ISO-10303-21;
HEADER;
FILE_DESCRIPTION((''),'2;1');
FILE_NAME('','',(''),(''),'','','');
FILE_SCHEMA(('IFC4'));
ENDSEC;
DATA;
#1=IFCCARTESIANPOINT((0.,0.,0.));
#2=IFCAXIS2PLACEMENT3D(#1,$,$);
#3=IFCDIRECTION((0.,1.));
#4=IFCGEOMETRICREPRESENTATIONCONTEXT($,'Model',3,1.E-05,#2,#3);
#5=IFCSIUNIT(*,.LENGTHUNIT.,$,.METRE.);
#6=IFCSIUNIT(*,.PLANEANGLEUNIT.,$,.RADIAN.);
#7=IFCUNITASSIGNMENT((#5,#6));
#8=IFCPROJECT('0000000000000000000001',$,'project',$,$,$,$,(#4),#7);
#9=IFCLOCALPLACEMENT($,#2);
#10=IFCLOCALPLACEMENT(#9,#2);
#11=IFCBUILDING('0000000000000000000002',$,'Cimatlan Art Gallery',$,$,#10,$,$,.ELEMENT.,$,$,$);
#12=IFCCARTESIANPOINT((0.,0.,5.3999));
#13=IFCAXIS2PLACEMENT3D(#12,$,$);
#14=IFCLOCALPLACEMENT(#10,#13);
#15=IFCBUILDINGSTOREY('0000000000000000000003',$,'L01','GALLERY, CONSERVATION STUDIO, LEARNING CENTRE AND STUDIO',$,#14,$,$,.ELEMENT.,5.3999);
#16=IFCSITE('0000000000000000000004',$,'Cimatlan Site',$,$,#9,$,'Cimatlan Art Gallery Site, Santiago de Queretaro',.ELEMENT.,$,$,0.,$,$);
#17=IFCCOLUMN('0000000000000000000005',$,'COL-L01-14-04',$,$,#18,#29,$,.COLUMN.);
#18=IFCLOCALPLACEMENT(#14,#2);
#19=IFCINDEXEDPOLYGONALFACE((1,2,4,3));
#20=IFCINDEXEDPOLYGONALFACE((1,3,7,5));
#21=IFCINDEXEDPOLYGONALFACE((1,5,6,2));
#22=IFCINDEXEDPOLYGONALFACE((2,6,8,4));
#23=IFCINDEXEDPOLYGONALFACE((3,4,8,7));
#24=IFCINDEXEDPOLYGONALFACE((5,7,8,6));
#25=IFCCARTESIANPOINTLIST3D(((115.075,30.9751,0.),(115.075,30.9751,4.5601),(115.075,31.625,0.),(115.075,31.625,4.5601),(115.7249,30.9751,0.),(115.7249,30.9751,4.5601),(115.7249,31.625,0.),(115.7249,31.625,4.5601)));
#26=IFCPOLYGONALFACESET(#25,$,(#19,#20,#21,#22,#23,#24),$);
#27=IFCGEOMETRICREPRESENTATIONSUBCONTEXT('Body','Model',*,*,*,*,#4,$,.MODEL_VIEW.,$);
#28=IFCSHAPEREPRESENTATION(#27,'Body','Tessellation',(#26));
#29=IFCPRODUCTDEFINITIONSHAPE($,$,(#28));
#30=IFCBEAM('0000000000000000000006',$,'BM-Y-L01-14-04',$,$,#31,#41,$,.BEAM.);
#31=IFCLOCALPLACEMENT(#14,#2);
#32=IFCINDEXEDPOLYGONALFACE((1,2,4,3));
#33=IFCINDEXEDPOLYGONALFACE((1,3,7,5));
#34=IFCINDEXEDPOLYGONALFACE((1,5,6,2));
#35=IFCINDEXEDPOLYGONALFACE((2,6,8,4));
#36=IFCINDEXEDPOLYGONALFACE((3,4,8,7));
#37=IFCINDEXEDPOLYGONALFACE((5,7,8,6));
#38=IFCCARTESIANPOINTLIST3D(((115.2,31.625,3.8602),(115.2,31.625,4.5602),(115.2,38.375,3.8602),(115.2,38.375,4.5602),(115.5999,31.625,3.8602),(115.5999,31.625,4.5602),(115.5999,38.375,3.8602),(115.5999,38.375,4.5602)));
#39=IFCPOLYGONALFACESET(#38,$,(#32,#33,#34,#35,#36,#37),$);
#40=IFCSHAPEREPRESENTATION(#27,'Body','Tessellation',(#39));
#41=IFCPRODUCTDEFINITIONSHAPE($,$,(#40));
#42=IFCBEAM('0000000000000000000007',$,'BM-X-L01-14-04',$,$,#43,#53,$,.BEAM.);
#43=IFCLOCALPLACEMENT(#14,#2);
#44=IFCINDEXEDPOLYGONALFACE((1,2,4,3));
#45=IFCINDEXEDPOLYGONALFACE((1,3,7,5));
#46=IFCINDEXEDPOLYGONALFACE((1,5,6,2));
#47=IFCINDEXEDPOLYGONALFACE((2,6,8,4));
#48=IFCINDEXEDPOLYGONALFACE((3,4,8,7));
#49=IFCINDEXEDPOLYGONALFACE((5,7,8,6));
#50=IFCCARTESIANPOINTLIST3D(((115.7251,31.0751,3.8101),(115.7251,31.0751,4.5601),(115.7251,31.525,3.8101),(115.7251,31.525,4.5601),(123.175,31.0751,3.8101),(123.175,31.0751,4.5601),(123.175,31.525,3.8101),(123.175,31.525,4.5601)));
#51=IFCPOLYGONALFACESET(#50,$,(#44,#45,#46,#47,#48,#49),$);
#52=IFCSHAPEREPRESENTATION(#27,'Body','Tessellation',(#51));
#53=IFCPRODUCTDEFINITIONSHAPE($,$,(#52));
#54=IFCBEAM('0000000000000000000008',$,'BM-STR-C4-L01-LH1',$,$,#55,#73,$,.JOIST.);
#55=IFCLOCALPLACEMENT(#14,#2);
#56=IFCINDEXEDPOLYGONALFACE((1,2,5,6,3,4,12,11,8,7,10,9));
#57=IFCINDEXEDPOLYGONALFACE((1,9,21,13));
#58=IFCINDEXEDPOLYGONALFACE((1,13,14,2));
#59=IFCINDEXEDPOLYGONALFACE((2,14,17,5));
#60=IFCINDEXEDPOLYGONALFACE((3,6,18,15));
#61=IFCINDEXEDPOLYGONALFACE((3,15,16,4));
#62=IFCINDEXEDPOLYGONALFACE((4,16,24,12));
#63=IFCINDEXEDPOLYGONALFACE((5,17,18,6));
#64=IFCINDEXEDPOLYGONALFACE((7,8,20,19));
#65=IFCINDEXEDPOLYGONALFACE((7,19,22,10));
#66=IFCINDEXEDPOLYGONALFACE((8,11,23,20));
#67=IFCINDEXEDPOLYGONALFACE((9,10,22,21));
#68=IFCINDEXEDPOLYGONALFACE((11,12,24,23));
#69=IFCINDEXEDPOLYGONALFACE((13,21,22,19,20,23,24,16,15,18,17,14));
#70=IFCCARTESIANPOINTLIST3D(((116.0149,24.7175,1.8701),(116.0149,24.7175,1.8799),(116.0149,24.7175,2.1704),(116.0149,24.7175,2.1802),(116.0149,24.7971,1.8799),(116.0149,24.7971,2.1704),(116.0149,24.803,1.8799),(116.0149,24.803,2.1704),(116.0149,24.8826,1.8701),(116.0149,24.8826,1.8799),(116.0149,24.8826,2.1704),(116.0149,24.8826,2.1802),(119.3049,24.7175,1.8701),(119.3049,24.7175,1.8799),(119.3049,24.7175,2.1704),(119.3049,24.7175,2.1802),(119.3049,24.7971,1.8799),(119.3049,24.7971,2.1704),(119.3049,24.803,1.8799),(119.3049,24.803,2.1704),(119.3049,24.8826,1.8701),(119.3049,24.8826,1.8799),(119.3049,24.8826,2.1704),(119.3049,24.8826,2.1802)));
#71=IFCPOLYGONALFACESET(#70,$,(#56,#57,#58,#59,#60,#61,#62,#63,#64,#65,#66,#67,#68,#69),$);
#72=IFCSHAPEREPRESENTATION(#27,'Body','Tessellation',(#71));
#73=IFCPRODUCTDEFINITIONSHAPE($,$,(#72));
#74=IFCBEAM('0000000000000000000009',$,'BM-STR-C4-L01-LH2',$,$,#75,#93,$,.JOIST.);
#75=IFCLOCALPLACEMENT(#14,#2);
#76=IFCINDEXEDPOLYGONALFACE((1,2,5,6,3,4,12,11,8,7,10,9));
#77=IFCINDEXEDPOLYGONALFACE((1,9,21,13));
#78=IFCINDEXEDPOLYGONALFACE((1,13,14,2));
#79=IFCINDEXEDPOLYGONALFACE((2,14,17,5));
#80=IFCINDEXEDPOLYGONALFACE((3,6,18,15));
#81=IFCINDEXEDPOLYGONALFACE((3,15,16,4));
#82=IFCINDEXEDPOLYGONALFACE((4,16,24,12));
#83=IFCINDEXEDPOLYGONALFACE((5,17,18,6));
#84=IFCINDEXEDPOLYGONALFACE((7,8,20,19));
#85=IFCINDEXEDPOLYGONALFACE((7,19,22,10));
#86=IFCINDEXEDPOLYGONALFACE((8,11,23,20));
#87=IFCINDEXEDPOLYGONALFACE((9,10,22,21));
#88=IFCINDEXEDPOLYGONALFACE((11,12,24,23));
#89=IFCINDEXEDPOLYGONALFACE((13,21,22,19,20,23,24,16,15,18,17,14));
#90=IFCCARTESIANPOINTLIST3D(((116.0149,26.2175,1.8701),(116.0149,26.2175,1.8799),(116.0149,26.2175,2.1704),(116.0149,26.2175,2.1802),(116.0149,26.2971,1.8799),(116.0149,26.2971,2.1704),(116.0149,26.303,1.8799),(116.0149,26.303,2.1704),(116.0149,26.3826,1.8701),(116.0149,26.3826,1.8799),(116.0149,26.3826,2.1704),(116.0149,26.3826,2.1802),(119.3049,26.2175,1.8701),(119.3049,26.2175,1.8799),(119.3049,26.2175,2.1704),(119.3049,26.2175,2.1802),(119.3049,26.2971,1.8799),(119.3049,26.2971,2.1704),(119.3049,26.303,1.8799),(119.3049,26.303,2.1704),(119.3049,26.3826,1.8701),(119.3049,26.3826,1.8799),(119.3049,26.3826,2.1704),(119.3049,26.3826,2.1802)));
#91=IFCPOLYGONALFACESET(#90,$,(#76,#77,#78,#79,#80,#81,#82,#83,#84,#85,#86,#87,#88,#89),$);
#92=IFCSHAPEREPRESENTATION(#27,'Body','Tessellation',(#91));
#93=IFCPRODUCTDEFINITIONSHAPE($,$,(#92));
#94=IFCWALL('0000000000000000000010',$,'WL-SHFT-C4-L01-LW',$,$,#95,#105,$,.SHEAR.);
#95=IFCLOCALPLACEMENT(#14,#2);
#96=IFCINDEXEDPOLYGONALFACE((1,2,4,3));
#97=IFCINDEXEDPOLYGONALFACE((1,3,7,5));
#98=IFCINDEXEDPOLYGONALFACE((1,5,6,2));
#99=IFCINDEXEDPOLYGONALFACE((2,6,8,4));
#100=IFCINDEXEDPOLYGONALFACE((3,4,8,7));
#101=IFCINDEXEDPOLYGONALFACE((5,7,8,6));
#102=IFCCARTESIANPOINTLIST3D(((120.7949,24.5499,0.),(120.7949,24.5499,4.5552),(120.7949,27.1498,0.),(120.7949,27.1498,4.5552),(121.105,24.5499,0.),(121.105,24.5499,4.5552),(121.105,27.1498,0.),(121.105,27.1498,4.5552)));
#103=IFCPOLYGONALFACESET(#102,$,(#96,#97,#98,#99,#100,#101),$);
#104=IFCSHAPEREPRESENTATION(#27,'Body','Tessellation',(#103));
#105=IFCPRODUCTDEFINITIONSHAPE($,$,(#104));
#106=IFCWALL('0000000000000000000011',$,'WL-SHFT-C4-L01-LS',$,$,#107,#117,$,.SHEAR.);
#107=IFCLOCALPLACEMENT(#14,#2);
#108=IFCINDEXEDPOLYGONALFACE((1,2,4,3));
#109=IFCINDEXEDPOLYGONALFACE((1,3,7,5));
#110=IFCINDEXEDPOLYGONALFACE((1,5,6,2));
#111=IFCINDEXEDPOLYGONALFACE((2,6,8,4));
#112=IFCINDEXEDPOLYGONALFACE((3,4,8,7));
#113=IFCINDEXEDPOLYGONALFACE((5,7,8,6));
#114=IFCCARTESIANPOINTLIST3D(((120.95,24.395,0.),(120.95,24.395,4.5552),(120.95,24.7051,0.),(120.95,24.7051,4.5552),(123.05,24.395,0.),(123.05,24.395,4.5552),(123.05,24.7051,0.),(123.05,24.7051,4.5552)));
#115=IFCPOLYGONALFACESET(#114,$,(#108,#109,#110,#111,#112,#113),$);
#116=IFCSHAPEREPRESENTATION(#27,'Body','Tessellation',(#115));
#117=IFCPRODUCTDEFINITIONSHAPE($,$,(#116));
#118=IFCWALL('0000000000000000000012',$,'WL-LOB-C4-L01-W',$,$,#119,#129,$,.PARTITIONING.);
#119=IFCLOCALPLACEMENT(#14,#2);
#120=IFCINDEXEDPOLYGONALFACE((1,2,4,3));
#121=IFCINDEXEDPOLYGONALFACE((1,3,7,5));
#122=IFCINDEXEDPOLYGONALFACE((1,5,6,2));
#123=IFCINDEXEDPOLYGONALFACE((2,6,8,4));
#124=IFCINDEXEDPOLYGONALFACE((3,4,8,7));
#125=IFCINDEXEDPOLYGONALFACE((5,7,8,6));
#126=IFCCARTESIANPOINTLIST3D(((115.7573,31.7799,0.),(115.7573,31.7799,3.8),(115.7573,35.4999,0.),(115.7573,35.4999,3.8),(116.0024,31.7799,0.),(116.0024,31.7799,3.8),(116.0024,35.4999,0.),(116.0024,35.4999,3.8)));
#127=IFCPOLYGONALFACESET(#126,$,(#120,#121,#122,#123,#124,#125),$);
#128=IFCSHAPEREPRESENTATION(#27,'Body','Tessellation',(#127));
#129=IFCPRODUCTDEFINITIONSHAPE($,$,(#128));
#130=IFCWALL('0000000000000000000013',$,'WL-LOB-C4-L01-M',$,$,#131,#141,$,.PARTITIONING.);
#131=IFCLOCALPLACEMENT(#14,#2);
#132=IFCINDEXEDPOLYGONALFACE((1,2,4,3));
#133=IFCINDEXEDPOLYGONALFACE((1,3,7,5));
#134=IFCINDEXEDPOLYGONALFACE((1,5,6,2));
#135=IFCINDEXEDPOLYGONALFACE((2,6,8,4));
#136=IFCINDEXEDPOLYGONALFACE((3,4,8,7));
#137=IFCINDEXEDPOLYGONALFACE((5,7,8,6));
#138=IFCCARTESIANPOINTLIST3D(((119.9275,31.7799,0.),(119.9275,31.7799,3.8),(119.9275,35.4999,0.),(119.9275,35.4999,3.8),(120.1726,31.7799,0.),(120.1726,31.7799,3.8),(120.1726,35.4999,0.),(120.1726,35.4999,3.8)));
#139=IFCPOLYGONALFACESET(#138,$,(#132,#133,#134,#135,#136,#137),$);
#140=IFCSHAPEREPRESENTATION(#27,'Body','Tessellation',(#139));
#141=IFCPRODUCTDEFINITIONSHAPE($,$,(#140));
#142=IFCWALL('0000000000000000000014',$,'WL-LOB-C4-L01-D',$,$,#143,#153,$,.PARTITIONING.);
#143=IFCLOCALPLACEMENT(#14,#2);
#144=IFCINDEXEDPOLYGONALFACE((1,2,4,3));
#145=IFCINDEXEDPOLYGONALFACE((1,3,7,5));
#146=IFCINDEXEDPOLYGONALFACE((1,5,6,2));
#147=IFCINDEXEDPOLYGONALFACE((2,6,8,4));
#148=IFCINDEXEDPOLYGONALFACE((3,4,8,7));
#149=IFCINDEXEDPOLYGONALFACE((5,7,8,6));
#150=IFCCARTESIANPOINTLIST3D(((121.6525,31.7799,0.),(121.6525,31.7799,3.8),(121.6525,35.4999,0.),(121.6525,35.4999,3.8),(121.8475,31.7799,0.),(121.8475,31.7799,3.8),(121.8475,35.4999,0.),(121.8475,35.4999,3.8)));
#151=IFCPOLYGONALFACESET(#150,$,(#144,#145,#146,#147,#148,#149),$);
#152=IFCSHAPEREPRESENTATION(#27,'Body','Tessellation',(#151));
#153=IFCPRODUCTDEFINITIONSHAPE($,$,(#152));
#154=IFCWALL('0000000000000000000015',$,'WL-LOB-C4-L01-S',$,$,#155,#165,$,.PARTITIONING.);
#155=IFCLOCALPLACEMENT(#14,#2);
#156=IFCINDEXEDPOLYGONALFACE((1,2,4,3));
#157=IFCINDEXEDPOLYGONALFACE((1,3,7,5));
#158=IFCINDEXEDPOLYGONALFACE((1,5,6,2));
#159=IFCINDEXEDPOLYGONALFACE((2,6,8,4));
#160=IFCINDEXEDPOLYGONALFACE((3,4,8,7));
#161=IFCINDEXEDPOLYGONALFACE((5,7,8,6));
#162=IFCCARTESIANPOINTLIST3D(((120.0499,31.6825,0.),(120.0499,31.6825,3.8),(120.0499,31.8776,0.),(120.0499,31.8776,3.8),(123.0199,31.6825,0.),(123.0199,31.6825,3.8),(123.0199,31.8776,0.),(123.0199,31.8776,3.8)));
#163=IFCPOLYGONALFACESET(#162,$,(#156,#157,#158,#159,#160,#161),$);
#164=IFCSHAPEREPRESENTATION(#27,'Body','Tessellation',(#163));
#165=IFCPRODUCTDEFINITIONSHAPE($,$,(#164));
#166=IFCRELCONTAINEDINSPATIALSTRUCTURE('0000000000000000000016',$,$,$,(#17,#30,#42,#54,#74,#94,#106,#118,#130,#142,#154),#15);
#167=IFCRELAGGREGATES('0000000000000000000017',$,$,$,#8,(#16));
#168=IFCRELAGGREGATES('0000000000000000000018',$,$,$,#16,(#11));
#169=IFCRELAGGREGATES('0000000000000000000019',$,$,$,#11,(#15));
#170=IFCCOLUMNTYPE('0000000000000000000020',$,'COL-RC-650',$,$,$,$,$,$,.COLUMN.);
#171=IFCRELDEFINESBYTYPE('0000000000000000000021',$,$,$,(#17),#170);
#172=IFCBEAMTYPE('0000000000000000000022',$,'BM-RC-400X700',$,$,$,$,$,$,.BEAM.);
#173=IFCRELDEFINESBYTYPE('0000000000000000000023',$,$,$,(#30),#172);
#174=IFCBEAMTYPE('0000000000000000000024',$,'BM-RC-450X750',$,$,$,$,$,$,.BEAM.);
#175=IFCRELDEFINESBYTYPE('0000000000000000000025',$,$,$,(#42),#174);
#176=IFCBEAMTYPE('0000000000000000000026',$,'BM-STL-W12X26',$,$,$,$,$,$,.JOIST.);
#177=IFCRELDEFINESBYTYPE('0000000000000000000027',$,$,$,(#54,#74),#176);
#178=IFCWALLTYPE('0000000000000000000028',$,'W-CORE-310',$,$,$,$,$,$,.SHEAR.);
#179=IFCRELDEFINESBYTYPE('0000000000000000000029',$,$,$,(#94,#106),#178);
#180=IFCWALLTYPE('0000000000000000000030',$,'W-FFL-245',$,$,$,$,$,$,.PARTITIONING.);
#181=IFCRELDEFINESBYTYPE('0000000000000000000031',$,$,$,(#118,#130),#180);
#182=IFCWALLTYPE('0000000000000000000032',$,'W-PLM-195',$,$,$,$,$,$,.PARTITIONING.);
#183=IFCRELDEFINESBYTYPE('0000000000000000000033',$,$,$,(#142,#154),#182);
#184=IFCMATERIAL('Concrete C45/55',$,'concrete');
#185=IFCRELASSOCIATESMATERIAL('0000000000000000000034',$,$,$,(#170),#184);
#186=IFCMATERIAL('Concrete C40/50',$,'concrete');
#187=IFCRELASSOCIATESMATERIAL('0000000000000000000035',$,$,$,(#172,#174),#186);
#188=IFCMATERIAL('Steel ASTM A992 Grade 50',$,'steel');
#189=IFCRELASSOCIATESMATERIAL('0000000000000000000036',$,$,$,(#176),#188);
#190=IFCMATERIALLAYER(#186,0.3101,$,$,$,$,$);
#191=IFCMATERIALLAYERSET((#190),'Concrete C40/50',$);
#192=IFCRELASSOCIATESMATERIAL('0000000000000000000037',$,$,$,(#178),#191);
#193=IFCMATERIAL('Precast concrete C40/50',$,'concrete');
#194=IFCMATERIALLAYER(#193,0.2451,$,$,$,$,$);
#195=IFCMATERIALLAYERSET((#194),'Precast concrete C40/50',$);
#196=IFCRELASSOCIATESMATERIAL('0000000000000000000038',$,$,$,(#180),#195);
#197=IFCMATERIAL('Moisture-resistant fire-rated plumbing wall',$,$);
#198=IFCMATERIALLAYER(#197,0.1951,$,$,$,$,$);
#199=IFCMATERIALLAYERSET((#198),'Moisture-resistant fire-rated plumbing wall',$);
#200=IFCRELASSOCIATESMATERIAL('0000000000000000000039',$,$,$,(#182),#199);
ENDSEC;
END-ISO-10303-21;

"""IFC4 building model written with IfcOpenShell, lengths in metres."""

from ifc_helpers import new_model, si_unit, direction, frame, frame_2d, origin, origin_2d, place, context, subcontext, project, spatial, rectangle, i_section, extrude, material, layer, layer_set, material_profile, profile_set, type_object, element, save


model = new_model("IFC4")

# Units and contexts
model_context = context("Model", 3, precision=1e-05, world=origin(), true_north=direction((0.0, 1.0)))
body_context = subcontext(model_context, "Body", "Model", "MODEL_VIEW")
ifc_project = project(units=[si_unit("LENGTHUNIT", "METRE"), si_unit("PLANEANGLEUNIT", "RADIAN")], contexts=[model_context])

# Site, building, storey
site_placement = place(None, origin())
site = spatial("IfcSite", under=ifc_project, at=site_placement, Name="Cimatlan Site", LongName="Cimatlan Art Gallery Site, Santiago de Queretaro", CompositionType="ELEMENT", RefElevation=0.0)
building_placement = place(site_placement, origin())
building = spatial("IfcBuilding", under=site, at=building_placement, Name="Cimatlan Art Gallery", CompositionType="ELEMENT")
storey_placement = place(building_placement, frame((0.0, 0.0, 5.3999)))
storey = spatial("IfcBuildingStorey", under=building, at=storey_placement, Name="L01", Description="GALLERY, CONSERVATION STUDIO, LEARNING CENTRE AND STUDIO", CompositionType="ELEMENT", Elevation=5.3999)

# Column
ifc_material_1 = material(Name="Concrete C45/55", Category="concrete")
ifc_material_profile_1 = material_profile(ifc_material_1, rectangle(XDim=0.6499, YDim=0.6499, at=origin_2d()), Name="RC650X650")
ifc_profile_set_1 = profile_set([ifc_material_profile_1], Name="Concrete C45/55")
column_type = type_object("IfcColumnType", Name="COL-RC-650", PredefinedType="COLUMN", material=ifc_profile_set_1)
column_placement = place(storey_placement, frame((115.3999, 31.3, 0.0), z_axis=(0.0, 0.0, 1.0), x_axis=(1.0, 0.0, 0.0)))
element("IfcColumn", 1, at=column_placement, inside=storey, type_object=column_type, Name="COL-L01-14-04", PredefinedType="COLUMN", context=body_context, shape_type="SweptSolid", body=[
    extrude(rectangle(XDim=0.6499, YDim=0.6499, at=origin_2d()), origin(), (0.0, 0.0, 1.0), 4.5601),
])

# Beams
ifc_material_2 = material(Name="Concrete C40/50", Category="concrete")
ifc_material_profile_2 = material_profile(ifc_material_2, rectangle(XDim=0.3999, YDim=0.7, at=origin_2d()), Name="RC400X700")
ifc_profile_set_2 = profile_set([ifc_material_profile_2], Name="Concrete C40/50")
beam_type_1 = type_object("IfcBeamType", Name="BM-RC-400X700", PredefinedType="BEAM", material=ifc_profile_set_2)
beam_1_placement = place(storey_placement, frame((115.3999, 31.625, 4.2102), z_axis=(0.0, 1.0, 0.0), x_axis=(-1.0, 0.0, 0.0)))
element("IfcBeam", 2, at=beam_1_placement, inside=storey, type_object=beam_type_1, Name="BM-Y-L01-14-04", PredefinedType="BEAM", context=body_context, shape_type="SweptSolid", body=[
    extrude(rectangle(XDim=0.3999, YDim=0.7, at=origin_2d()), origin(), (0.0, 0.0, 1.0), 6.75),
])
ifc_material_profile_3 = material_profile(ifc_material_2, rectangle(XDim=0.45, YDim=0.75, at=origin_2d()), Name="RC450X750")
ifc_profile_set_3 = profile_set([ifc_material_profile_3], Name="Concrete C40/50")
beam_type_2 = type_object("IfcBeamType", Name="BM-RC-450X750", PredefinedType="BEAM", material=ifc_profile_set_3)
beam_2_placement = place(storey_placement, frame((115.7251, 31.3, 4.1851), z_axis=(1.0, 0.0, 0.0), x_axis=(0.0, 1.0, 0.0)))
element("IfcBeam", 3, at=beam_2_placement, inside=storey, type_object=beam_type_2, Name="BM-X-L01-14-04", PredefinedType="BEAM", context=body_context, shape_type="SweptSolid", body=[
    extrude(rectangle(XDim=0.45, YDim=0.75, at=origin_2d()), origin(), (0.0, 0.0, 1.0), 7.45),
])
ifc_material_3 = material(Name="Steel ASTM A992 Grade 50", Category="steel")
ifc_material_profile_4 = material_profile(ifc_material_3, i_section(OverallWidth=0.165, OverallDepth=0.3101, WebThickness=0.0059, FlangeThickness=0.0098, at=origin_2d()), Name="W12X26")
ifc_profile_set_4 = profile_set([ifc_material_profile_4], Name="Steel ASTM A992 Grade 50")
beam_type_3 = type_object("IfcBeamType", Name="BM-STL-W12X26", PredefinedType="JOIST", material=ifc_profile_set_4)
for number, where, z_axis, x_axis, name in (
    (4, (116.0149, 24.8, 2.0251), (1.0, 0.0, 0.0), (0.0, 1.0, 0.0), "BM-STR-C4-L01-LH1"),
    (5, (116.0149, 26.3, 2.0251), (1.0, 0.0, 0.0), (0.0, 1.0, 0.0), "BM-STR-C4-L01-LH2"),
):
    element("IfcBeam", number, at=place(storey_placement, frame(where, z_axis=z_axis, x_axis=x_axis)), inside=storey, type_object=beam_type_3, Name=name, PredefinedType="JOIST", context=body_context, shape_type="SweptSolid", body=[
        extrude(i_section(OverallWidth=0.165, OverallDepth=0.3101, WebThickness=0.0059, FlangeThickness=0.0098, at=origin_2d()), origin(), (0.0, 0.0, 1.0), 3.29),
    ])

# Walls
ifc_layer_1 = layer(ifc_material_2, 0.3101)
ifc_layer_set_1 = layer_set([ifc_layer_1], Name="Concrete C40/50")
wall_type_1 = type_object("IfcWallType", Name="W-CORE-310", PredefinedType="SHEAR", material=ifc_layer_set_1)
wall_1_placement = place(storey_placement, frame((120.95, 24.55, 0.0), z_axis=(0.0, 0.0, 1.0), x_axis=(0.0, 1.0, 0.0)))
element("IfcWall", 6, at=wall_1_placement, inside=storey, type_object=wall_type_1, Name="WL-SHFT-C4-L01-LW", PredefinedType="SHEAR", context=body_context, shape_type="SweptSolid", body=[
    extrude(rectangle(XDim=2.5999, YDim=0.3101, at=frame_2d((1.2998, 0.0))), origin(), (0.0, 0.0, 1.0), 4.5552),
])
wall_2_placement = place(storey_placement, frame((120.95, 24.55, 0.0), z_axis=(0.0, 0.0, 1.0), x_axis=(1.0, 0.0, 0.0)))
element("IfcWall", 7, at=wall_2_placement, inside=storey, type_object=wall_type_1, Name="WL-SHFT-C4-L01-LS", PredefinedType="SHEAR", context=body_context, shape_type="SweptSolid", body=[
    extrude(rectangle(XDim=2.1001, YDim=0.3101, at=frame_2d((1.05, 0.0))), origin(), (0.0, 0.0, 1.0), 4.5552),
])

# Walls
ifc_material_4 = material(Name="Precast concrete C40/50", Category="concrete")
ifc_layer_2 = layer(ifc_material_4, 0.2451)
ifc_layer_set_2 = layer_set([ifc_layer_2], Name="Precast concrete C40/50")
wall_type_2 = type_object("IfcWallType", Name="W-FFL-245", PredefinedType="PARTITIONING", material=ifc_layer_set_2)
for number, where, z_axis, x_axis, name in (
    (8, (115.8799, 31.78, 0.0), (0.0, 0.0, 1.0), (0.0, 1.0, 0.0), "WL-LOB-C4-L01-W"),
    (9, (120.05, 31.78, 0.0), (0.0, 0.0, 1.0), (0.0, 1.0, 0.0), "WL-LOB-C4-L01-M"),
):
    element("IfcWall", number, at=place(storey_placement, frame(where, z_axis=z_axis, x_axis=x_axis)), inside=storey, type_object=wall_type_2, Name=name, PredefinedType="PARTITIONING", context=body_context, shape_type="SweptSolid", body=[
        extrude(rectangle(XDim=3.72, YDim=0.2451, at=frame_2d((1.8599, 0.0))), origin(), (0.0, 0.0, 1.0), 3.8),
    ])
ifc_material_5 = material(Name="Moisture-resistant fire-rated plumbing wall")
ifc_layer_3 = layer(ifc_material_5, 0.1951)
ifc_layer_set_3 = layer_set([ifc_layer_3], Name="Moisture-resistant fire-rated plumbing wall")
wall_type_3 = type_object("IfcWallType", Name="W-PLM-195", PredefinedType="PARTITIONING", material=ifc_layer_set_3)
wall_3_placement = place(storey_placement, frame((121.75, 31.78, 0.0), z_axis=(0.0, 0.0, 1.0), x_axis=(0.0, 1.0, 0.0)))
element("IfcWall", 10, at=wall_3_placement, inside=storey, type_object=wall_type_3, Name="WL-LOB-C4-L01-D", PredefinedType="PARTITIONING", context=body_context, shape_type="SweptSolid", body=[
    extrude(rectangle(XDim=3.72, YDim=0.1951, at=frame_2d((1.8599, 0.0))), origin(), (0.0, 0.0, 1.0), 3.8),
])
wall_4_placement = place(storey_placement, frame((120.05, 31.78, 0.0), z_axis=(0.0, 0.0, 1.0), x_axis=(1.0, 0.0, 0.0)))
element("IfcWall", 11, at=wall_4_placement, inside=storey, type_object=wall_type_3, Name="WL-LOB-C4-L01-S", PredefinedType="PARTITIONING", context=body_context, shape_type="SweptSolid", body=[
    extrude(rectangle(XDim=2.97, YDim=0.1951, at=frame_2d((1.4849, 0.0))), origin(), (0.0, 0.0, 1.0), 3.8),
])

save(model, "model.ifc")
